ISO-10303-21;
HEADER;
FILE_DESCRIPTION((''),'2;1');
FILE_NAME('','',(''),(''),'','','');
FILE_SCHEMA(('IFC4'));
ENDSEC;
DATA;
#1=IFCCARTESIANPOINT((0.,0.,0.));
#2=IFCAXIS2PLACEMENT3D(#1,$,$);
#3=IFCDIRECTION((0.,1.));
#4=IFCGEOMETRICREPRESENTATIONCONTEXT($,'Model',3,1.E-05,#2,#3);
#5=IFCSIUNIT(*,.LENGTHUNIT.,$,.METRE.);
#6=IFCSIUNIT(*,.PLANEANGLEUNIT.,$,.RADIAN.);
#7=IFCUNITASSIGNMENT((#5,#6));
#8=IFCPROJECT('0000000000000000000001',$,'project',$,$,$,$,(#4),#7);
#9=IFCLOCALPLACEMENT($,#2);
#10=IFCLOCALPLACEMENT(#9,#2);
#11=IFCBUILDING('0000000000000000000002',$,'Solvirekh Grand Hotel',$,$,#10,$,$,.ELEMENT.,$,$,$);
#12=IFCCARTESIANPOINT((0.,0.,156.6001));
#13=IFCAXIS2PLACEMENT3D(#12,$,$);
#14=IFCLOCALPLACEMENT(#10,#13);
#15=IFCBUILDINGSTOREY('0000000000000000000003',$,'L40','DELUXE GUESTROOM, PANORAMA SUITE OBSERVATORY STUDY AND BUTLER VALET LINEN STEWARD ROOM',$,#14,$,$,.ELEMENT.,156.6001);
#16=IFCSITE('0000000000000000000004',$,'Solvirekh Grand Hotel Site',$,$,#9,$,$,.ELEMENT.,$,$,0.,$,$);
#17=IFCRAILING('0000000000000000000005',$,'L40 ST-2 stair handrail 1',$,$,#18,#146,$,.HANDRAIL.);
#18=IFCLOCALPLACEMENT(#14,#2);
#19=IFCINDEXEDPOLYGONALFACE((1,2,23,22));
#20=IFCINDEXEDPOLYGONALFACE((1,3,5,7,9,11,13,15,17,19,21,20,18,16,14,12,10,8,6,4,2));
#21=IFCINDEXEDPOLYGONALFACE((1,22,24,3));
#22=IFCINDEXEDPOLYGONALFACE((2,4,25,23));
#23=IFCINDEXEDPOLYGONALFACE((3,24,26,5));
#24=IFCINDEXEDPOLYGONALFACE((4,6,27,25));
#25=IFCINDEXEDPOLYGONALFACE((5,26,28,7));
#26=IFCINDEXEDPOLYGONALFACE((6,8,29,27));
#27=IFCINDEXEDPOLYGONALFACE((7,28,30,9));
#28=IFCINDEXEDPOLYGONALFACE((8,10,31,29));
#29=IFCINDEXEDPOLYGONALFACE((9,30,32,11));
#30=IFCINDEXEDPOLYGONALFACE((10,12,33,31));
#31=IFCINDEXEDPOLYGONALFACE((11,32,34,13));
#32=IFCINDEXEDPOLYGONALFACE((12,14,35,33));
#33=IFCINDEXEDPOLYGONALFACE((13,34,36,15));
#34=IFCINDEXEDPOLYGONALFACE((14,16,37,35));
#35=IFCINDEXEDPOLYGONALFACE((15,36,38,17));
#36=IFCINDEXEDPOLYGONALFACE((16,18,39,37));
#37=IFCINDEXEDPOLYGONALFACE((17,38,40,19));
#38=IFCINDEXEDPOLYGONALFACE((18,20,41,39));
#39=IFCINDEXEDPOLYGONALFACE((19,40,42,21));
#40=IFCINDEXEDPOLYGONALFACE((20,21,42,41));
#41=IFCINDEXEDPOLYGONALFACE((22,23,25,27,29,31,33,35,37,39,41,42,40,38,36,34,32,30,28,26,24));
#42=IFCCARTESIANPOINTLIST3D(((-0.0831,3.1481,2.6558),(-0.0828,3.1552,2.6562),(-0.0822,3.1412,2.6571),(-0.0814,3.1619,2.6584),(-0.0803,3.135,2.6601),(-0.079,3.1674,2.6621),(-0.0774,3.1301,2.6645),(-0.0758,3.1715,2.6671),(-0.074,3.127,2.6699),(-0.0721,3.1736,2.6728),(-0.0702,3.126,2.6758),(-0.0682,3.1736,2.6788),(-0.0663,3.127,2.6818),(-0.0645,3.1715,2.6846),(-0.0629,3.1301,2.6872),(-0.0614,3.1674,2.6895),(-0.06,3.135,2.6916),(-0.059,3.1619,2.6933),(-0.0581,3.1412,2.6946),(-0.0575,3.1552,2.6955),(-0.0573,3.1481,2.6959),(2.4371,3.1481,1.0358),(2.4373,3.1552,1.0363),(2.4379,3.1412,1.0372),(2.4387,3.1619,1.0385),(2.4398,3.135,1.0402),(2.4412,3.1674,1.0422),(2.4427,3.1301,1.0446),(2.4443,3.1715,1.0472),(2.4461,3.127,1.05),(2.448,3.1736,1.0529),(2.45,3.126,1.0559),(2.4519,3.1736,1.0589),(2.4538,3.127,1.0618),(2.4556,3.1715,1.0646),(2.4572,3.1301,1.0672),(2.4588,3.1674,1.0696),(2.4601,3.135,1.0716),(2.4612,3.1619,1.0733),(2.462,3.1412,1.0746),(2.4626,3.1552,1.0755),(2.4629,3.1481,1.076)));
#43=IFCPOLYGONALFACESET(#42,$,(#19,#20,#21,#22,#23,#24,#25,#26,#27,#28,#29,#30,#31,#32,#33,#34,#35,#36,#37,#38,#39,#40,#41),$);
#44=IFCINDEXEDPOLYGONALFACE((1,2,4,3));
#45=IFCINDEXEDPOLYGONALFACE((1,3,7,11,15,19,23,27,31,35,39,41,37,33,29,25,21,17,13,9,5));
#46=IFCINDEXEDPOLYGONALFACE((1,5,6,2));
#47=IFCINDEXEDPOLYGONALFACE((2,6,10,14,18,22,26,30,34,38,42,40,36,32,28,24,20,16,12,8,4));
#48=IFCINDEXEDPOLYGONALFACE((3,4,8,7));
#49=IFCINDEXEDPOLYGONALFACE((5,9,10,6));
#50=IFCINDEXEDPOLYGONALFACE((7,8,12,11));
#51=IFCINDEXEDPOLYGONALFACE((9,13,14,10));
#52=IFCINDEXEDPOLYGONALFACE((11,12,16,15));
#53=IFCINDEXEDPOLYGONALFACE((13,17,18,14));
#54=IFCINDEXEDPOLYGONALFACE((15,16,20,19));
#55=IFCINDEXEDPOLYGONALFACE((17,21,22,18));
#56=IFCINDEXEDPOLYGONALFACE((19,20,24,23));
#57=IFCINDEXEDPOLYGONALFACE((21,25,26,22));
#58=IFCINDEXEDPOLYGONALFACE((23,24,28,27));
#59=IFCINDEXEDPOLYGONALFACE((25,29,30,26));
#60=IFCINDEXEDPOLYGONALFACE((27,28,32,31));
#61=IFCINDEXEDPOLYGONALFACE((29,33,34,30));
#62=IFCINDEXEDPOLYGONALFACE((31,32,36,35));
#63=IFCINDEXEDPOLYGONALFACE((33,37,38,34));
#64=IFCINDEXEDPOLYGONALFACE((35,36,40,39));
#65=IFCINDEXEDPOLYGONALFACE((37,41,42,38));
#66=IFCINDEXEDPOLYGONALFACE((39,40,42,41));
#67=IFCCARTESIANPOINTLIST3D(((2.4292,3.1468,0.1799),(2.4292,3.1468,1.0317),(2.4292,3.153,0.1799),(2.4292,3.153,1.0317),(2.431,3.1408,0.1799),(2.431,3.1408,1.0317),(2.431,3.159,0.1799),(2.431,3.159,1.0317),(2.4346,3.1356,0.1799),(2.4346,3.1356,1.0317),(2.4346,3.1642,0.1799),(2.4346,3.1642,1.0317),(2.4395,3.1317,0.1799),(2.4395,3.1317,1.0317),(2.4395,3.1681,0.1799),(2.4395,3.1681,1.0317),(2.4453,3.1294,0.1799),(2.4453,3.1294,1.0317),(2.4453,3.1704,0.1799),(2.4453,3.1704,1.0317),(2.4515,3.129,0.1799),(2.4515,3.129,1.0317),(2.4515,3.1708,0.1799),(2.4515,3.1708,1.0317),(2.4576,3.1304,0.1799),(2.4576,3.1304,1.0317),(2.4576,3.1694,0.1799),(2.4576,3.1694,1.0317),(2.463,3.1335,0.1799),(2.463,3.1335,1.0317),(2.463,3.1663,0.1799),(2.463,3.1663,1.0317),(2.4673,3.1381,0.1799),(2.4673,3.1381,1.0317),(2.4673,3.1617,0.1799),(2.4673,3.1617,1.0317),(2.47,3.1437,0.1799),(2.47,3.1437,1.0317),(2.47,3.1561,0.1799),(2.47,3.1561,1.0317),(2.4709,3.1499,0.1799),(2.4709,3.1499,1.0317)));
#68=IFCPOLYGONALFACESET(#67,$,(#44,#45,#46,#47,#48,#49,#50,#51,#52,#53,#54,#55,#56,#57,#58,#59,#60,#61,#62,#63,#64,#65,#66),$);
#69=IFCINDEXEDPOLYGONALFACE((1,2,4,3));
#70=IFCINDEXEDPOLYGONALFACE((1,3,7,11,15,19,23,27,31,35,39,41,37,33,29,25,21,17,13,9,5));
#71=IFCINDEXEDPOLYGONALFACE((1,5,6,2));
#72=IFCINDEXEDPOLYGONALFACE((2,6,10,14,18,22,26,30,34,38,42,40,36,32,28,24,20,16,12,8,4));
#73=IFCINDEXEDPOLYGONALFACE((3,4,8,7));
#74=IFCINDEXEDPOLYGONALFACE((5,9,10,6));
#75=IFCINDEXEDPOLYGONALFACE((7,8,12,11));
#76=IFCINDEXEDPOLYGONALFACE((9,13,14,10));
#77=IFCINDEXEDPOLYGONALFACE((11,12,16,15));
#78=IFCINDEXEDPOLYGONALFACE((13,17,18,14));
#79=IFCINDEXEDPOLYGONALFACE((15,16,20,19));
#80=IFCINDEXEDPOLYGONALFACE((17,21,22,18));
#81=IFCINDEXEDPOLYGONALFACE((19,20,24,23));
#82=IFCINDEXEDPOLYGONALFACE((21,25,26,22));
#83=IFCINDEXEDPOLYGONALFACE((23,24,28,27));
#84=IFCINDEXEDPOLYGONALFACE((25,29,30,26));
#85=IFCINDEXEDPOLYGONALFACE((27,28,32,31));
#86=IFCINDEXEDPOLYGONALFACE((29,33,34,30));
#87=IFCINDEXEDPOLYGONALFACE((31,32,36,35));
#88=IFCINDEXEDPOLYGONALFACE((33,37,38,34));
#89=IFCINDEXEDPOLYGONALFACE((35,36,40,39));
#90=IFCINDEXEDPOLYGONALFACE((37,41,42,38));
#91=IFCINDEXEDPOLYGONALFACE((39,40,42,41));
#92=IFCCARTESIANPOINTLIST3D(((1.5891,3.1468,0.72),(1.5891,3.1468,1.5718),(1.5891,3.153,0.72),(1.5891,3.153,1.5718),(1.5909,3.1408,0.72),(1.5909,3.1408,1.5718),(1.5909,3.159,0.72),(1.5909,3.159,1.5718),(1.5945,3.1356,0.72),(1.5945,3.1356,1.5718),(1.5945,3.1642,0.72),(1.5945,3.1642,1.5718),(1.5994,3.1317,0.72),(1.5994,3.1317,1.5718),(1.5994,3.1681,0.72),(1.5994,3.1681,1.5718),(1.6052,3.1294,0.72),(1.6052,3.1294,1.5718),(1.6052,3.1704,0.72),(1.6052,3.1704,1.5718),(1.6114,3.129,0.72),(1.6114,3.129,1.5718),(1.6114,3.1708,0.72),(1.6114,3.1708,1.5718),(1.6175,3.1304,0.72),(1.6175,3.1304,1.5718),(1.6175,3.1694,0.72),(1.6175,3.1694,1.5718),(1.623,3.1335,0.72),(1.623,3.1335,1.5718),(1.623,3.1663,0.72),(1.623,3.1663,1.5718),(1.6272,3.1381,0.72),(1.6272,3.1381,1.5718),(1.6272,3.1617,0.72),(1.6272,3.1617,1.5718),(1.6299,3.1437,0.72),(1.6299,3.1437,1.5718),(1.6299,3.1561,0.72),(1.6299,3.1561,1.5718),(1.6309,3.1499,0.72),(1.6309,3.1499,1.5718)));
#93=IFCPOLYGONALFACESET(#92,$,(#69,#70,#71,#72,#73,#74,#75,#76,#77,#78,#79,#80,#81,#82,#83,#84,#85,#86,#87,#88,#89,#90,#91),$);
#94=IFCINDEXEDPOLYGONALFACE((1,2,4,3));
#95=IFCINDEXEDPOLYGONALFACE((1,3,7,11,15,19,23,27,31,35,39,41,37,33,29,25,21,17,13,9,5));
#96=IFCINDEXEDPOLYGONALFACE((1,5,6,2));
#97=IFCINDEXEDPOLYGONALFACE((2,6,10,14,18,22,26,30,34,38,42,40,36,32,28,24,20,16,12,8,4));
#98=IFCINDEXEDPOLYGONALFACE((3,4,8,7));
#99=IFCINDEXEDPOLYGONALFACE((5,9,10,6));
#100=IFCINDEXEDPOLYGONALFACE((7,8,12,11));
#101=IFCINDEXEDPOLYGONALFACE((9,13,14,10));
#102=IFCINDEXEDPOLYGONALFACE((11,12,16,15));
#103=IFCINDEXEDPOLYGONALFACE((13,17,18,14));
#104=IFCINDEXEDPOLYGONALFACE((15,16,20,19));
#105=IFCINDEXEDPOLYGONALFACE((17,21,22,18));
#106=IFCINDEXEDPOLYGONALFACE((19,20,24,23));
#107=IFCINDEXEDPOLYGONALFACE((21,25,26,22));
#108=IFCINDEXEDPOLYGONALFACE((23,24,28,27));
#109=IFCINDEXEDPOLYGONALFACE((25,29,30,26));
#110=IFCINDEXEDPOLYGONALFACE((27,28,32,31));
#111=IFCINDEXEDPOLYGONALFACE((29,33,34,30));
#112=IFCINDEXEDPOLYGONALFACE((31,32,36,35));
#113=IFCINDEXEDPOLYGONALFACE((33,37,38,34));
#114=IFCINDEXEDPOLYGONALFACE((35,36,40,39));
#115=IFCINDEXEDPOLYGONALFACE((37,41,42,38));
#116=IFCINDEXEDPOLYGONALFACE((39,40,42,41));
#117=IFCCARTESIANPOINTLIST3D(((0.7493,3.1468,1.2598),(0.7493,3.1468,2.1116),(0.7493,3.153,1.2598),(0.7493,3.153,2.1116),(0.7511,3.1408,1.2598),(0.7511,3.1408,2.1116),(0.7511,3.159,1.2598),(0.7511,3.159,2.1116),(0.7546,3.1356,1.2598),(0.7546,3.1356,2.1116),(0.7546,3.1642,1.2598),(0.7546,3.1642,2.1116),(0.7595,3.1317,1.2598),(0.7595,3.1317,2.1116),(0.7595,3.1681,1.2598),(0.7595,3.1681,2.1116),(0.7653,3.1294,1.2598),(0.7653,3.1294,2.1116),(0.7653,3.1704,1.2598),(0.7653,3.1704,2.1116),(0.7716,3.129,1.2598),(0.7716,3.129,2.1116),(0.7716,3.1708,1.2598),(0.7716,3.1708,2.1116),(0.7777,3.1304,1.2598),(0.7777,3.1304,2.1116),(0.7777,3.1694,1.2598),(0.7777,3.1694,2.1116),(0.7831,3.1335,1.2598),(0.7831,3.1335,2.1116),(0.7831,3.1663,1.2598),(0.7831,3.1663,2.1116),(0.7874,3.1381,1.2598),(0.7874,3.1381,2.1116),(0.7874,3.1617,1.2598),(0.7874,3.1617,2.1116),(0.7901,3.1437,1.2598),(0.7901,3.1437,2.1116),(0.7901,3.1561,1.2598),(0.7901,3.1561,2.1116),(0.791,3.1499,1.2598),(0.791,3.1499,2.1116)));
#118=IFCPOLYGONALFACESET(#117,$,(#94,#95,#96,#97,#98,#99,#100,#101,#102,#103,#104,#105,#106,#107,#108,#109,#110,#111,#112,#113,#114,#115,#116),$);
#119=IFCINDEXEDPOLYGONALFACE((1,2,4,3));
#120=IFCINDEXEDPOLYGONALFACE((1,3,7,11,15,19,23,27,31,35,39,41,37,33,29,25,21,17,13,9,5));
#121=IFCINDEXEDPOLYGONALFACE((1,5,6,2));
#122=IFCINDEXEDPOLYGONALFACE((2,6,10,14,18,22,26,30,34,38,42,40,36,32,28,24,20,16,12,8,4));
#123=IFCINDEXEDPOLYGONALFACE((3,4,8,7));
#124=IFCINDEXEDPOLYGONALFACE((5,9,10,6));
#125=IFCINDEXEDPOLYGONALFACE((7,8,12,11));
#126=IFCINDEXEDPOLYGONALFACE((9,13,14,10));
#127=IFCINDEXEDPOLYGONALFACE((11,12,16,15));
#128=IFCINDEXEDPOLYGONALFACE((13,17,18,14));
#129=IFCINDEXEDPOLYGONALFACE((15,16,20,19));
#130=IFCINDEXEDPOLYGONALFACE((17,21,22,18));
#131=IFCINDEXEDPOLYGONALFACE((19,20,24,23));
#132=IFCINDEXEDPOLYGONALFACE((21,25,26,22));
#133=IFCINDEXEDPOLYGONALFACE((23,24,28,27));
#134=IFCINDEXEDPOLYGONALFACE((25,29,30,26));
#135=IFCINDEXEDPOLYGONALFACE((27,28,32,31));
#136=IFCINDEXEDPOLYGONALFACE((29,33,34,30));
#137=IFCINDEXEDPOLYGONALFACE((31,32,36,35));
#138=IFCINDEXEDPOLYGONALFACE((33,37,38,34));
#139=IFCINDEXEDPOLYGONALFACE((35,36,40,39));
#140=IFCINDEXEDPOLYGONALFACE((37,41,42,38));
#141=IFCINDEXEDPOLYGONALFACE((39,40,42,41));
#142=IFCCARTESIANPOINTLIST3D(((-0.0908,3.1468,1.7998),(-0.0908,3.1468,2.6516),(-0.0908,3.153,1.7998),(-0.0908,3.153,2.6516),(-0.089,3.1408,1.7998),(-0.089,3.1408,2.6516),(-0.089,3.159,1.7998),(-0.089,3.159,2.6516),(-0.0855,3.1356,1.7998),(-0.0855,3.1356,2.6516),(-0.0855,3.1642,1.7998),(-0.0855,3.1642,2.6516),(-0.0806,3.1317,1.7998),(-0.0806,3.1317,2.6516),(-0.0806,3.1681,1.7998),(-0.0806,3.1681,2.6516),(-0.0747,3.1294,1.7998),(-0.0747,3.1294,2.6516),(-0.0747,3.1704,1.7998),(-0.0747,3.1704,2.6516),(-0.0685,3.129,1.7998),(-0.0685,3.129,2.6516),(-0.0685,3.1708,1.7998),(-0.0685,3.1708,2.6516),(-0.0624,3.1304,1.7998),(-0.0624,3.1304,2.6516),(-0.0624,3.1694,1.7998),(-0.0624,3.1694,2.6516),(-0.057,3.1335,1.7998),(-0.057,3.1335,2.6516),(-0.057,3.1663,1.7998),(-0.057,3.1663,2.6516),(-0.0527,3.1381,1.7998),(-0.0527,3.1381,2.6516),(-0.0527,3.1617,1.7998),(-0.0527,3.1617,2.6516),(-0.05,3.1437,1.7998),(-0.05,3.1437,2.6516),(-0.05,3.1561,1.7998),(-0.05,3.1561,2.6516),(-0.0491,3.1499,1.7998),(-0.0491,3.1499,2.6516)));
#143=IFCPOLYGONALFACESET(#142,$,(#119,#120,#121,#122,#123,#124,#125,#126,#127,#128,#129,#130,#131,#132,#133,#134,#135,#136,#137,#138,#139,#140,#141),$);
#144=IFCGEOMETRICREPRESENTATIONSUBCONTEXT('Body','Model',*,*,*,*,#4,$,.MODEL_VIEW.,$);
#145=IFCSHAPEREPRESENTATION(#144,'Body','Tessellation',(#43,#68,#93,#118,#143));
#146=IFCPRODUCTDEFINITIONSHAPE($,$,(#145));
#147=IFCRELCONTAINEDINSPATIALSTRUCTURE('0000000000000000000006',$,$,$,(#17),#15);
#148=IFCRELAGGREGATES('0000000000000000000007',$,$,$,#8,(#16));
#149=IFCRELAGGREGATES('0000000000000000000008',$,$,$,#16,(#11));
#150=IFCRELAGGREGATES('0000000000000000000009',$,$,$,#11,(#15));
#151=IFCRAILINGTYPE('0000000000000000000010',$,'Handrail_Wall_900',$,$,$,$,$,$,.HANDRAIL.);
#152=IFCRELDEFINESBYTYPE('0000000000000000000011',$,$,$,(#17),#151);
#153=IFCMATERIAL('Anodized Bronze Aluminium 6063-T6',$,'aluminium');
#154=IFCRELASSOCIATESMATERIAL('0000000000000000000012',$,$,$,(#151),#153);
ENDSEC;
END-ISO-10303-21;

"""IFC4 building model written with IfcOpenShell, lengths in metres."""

from ifc_helpers import new_model, si_unit, direction, frame, origin, origin_2d, place, context, subcontext, project, spatial, circle, extrude, material, type_object, element, save


model = new_model("IFC4")

# Units and contexts
model_context = context("Model", 3, precision=1e-05, world=origin(), true_north=direction((0.0, 1.0)))
body_context = subcontext(model_context, "Body", "Model", "MODEL_VIEW")
ifc_project = project(units=[si_unit("LENGTHUNIT", "METRE"), si_unit("PLANEANGLEUNIT", "RADIAN")], contexts=[model_context])

# Site, building, storey
site_placement = place(None, origin())
site = spatial("IfcSite", under=ifc_project, at=site_placement, Name="Solvirekh Grand Hotel Site", CompositionType="ELEMENT", RefElevation=0.0)
building_placement = place(site_placement, origin())
building = spatial("IfcBuilding", under=site, at=building_placement, Name="Solvirekh Grand Hotel", CompositionType="ELEMENT")
storey_placement = place(building_placement, frame((0.0, 0.0, 156.6001)))
storey = spatial("IfcBuildingStorey", under=building, at=storey_placement, Name="L40", Description="DELUXE GUESTROOM, PANORAMA SUITE OBSERVATORY STUDY AND BUTLER VALET LINEN STEWARD ROOM", CompositionType="ELEMENT", Elevation=156.6001)

# Shared definitions
ifc_material_1 = material(Name="Anodized Bronze Aluminium 6063-T6", Category="aluminium")

# Railing
railing_type_1 = type_object("IfcRailingType", Name="Handrail_Wall_900", PredefinedType="HANDRAIL", material=ifc_material_1)
railing_1_placement = place(storey_placement, frame((2.45, 3.1499, 0.1799)))
element("IfcRailing", 1, at=railing_1_placement, inside=storey, type_object=railing_type_1, Name="L40 ST-2 stair handrail 1", PredefinedType="HANDRAIL", context=body_context, shape_type="SweptSolid", body=[
    extrude(circle(Radius=0.0239, at=origin_2d()), frame((0.0, 0.0, 0.876), z_axis=(-0.8412, 0.0, 0.540725), x_axis=(0.0, -1.0, 0.0)), (0.0, 0.0, 1.0), 2.9958),
    extrude(circle(Radius=0.021, at=origin_2d()), origin(), (0.0, 0.0, 1.0), 0.8518),
    extrude(circle(Radius=0.021, at=origin_2d()), frame((-0.8401, 0.0, 0.54)), (0.0, 0.0, 1.0), 0.8518),
    extrude(circle(Radius=0.021, at=origin_2d()), frame((-1.6799, 0.0, 1.0798)), (0.0, 0.0, 1.0), 0.8518),
    extrude(circle(Radius=0.021, at=origin_2d()), frame((-2.52, 0.0, 1.6199)), (0.0, 0.0, 1.0), 0.8518),
])

save(model, "model.ifc")
